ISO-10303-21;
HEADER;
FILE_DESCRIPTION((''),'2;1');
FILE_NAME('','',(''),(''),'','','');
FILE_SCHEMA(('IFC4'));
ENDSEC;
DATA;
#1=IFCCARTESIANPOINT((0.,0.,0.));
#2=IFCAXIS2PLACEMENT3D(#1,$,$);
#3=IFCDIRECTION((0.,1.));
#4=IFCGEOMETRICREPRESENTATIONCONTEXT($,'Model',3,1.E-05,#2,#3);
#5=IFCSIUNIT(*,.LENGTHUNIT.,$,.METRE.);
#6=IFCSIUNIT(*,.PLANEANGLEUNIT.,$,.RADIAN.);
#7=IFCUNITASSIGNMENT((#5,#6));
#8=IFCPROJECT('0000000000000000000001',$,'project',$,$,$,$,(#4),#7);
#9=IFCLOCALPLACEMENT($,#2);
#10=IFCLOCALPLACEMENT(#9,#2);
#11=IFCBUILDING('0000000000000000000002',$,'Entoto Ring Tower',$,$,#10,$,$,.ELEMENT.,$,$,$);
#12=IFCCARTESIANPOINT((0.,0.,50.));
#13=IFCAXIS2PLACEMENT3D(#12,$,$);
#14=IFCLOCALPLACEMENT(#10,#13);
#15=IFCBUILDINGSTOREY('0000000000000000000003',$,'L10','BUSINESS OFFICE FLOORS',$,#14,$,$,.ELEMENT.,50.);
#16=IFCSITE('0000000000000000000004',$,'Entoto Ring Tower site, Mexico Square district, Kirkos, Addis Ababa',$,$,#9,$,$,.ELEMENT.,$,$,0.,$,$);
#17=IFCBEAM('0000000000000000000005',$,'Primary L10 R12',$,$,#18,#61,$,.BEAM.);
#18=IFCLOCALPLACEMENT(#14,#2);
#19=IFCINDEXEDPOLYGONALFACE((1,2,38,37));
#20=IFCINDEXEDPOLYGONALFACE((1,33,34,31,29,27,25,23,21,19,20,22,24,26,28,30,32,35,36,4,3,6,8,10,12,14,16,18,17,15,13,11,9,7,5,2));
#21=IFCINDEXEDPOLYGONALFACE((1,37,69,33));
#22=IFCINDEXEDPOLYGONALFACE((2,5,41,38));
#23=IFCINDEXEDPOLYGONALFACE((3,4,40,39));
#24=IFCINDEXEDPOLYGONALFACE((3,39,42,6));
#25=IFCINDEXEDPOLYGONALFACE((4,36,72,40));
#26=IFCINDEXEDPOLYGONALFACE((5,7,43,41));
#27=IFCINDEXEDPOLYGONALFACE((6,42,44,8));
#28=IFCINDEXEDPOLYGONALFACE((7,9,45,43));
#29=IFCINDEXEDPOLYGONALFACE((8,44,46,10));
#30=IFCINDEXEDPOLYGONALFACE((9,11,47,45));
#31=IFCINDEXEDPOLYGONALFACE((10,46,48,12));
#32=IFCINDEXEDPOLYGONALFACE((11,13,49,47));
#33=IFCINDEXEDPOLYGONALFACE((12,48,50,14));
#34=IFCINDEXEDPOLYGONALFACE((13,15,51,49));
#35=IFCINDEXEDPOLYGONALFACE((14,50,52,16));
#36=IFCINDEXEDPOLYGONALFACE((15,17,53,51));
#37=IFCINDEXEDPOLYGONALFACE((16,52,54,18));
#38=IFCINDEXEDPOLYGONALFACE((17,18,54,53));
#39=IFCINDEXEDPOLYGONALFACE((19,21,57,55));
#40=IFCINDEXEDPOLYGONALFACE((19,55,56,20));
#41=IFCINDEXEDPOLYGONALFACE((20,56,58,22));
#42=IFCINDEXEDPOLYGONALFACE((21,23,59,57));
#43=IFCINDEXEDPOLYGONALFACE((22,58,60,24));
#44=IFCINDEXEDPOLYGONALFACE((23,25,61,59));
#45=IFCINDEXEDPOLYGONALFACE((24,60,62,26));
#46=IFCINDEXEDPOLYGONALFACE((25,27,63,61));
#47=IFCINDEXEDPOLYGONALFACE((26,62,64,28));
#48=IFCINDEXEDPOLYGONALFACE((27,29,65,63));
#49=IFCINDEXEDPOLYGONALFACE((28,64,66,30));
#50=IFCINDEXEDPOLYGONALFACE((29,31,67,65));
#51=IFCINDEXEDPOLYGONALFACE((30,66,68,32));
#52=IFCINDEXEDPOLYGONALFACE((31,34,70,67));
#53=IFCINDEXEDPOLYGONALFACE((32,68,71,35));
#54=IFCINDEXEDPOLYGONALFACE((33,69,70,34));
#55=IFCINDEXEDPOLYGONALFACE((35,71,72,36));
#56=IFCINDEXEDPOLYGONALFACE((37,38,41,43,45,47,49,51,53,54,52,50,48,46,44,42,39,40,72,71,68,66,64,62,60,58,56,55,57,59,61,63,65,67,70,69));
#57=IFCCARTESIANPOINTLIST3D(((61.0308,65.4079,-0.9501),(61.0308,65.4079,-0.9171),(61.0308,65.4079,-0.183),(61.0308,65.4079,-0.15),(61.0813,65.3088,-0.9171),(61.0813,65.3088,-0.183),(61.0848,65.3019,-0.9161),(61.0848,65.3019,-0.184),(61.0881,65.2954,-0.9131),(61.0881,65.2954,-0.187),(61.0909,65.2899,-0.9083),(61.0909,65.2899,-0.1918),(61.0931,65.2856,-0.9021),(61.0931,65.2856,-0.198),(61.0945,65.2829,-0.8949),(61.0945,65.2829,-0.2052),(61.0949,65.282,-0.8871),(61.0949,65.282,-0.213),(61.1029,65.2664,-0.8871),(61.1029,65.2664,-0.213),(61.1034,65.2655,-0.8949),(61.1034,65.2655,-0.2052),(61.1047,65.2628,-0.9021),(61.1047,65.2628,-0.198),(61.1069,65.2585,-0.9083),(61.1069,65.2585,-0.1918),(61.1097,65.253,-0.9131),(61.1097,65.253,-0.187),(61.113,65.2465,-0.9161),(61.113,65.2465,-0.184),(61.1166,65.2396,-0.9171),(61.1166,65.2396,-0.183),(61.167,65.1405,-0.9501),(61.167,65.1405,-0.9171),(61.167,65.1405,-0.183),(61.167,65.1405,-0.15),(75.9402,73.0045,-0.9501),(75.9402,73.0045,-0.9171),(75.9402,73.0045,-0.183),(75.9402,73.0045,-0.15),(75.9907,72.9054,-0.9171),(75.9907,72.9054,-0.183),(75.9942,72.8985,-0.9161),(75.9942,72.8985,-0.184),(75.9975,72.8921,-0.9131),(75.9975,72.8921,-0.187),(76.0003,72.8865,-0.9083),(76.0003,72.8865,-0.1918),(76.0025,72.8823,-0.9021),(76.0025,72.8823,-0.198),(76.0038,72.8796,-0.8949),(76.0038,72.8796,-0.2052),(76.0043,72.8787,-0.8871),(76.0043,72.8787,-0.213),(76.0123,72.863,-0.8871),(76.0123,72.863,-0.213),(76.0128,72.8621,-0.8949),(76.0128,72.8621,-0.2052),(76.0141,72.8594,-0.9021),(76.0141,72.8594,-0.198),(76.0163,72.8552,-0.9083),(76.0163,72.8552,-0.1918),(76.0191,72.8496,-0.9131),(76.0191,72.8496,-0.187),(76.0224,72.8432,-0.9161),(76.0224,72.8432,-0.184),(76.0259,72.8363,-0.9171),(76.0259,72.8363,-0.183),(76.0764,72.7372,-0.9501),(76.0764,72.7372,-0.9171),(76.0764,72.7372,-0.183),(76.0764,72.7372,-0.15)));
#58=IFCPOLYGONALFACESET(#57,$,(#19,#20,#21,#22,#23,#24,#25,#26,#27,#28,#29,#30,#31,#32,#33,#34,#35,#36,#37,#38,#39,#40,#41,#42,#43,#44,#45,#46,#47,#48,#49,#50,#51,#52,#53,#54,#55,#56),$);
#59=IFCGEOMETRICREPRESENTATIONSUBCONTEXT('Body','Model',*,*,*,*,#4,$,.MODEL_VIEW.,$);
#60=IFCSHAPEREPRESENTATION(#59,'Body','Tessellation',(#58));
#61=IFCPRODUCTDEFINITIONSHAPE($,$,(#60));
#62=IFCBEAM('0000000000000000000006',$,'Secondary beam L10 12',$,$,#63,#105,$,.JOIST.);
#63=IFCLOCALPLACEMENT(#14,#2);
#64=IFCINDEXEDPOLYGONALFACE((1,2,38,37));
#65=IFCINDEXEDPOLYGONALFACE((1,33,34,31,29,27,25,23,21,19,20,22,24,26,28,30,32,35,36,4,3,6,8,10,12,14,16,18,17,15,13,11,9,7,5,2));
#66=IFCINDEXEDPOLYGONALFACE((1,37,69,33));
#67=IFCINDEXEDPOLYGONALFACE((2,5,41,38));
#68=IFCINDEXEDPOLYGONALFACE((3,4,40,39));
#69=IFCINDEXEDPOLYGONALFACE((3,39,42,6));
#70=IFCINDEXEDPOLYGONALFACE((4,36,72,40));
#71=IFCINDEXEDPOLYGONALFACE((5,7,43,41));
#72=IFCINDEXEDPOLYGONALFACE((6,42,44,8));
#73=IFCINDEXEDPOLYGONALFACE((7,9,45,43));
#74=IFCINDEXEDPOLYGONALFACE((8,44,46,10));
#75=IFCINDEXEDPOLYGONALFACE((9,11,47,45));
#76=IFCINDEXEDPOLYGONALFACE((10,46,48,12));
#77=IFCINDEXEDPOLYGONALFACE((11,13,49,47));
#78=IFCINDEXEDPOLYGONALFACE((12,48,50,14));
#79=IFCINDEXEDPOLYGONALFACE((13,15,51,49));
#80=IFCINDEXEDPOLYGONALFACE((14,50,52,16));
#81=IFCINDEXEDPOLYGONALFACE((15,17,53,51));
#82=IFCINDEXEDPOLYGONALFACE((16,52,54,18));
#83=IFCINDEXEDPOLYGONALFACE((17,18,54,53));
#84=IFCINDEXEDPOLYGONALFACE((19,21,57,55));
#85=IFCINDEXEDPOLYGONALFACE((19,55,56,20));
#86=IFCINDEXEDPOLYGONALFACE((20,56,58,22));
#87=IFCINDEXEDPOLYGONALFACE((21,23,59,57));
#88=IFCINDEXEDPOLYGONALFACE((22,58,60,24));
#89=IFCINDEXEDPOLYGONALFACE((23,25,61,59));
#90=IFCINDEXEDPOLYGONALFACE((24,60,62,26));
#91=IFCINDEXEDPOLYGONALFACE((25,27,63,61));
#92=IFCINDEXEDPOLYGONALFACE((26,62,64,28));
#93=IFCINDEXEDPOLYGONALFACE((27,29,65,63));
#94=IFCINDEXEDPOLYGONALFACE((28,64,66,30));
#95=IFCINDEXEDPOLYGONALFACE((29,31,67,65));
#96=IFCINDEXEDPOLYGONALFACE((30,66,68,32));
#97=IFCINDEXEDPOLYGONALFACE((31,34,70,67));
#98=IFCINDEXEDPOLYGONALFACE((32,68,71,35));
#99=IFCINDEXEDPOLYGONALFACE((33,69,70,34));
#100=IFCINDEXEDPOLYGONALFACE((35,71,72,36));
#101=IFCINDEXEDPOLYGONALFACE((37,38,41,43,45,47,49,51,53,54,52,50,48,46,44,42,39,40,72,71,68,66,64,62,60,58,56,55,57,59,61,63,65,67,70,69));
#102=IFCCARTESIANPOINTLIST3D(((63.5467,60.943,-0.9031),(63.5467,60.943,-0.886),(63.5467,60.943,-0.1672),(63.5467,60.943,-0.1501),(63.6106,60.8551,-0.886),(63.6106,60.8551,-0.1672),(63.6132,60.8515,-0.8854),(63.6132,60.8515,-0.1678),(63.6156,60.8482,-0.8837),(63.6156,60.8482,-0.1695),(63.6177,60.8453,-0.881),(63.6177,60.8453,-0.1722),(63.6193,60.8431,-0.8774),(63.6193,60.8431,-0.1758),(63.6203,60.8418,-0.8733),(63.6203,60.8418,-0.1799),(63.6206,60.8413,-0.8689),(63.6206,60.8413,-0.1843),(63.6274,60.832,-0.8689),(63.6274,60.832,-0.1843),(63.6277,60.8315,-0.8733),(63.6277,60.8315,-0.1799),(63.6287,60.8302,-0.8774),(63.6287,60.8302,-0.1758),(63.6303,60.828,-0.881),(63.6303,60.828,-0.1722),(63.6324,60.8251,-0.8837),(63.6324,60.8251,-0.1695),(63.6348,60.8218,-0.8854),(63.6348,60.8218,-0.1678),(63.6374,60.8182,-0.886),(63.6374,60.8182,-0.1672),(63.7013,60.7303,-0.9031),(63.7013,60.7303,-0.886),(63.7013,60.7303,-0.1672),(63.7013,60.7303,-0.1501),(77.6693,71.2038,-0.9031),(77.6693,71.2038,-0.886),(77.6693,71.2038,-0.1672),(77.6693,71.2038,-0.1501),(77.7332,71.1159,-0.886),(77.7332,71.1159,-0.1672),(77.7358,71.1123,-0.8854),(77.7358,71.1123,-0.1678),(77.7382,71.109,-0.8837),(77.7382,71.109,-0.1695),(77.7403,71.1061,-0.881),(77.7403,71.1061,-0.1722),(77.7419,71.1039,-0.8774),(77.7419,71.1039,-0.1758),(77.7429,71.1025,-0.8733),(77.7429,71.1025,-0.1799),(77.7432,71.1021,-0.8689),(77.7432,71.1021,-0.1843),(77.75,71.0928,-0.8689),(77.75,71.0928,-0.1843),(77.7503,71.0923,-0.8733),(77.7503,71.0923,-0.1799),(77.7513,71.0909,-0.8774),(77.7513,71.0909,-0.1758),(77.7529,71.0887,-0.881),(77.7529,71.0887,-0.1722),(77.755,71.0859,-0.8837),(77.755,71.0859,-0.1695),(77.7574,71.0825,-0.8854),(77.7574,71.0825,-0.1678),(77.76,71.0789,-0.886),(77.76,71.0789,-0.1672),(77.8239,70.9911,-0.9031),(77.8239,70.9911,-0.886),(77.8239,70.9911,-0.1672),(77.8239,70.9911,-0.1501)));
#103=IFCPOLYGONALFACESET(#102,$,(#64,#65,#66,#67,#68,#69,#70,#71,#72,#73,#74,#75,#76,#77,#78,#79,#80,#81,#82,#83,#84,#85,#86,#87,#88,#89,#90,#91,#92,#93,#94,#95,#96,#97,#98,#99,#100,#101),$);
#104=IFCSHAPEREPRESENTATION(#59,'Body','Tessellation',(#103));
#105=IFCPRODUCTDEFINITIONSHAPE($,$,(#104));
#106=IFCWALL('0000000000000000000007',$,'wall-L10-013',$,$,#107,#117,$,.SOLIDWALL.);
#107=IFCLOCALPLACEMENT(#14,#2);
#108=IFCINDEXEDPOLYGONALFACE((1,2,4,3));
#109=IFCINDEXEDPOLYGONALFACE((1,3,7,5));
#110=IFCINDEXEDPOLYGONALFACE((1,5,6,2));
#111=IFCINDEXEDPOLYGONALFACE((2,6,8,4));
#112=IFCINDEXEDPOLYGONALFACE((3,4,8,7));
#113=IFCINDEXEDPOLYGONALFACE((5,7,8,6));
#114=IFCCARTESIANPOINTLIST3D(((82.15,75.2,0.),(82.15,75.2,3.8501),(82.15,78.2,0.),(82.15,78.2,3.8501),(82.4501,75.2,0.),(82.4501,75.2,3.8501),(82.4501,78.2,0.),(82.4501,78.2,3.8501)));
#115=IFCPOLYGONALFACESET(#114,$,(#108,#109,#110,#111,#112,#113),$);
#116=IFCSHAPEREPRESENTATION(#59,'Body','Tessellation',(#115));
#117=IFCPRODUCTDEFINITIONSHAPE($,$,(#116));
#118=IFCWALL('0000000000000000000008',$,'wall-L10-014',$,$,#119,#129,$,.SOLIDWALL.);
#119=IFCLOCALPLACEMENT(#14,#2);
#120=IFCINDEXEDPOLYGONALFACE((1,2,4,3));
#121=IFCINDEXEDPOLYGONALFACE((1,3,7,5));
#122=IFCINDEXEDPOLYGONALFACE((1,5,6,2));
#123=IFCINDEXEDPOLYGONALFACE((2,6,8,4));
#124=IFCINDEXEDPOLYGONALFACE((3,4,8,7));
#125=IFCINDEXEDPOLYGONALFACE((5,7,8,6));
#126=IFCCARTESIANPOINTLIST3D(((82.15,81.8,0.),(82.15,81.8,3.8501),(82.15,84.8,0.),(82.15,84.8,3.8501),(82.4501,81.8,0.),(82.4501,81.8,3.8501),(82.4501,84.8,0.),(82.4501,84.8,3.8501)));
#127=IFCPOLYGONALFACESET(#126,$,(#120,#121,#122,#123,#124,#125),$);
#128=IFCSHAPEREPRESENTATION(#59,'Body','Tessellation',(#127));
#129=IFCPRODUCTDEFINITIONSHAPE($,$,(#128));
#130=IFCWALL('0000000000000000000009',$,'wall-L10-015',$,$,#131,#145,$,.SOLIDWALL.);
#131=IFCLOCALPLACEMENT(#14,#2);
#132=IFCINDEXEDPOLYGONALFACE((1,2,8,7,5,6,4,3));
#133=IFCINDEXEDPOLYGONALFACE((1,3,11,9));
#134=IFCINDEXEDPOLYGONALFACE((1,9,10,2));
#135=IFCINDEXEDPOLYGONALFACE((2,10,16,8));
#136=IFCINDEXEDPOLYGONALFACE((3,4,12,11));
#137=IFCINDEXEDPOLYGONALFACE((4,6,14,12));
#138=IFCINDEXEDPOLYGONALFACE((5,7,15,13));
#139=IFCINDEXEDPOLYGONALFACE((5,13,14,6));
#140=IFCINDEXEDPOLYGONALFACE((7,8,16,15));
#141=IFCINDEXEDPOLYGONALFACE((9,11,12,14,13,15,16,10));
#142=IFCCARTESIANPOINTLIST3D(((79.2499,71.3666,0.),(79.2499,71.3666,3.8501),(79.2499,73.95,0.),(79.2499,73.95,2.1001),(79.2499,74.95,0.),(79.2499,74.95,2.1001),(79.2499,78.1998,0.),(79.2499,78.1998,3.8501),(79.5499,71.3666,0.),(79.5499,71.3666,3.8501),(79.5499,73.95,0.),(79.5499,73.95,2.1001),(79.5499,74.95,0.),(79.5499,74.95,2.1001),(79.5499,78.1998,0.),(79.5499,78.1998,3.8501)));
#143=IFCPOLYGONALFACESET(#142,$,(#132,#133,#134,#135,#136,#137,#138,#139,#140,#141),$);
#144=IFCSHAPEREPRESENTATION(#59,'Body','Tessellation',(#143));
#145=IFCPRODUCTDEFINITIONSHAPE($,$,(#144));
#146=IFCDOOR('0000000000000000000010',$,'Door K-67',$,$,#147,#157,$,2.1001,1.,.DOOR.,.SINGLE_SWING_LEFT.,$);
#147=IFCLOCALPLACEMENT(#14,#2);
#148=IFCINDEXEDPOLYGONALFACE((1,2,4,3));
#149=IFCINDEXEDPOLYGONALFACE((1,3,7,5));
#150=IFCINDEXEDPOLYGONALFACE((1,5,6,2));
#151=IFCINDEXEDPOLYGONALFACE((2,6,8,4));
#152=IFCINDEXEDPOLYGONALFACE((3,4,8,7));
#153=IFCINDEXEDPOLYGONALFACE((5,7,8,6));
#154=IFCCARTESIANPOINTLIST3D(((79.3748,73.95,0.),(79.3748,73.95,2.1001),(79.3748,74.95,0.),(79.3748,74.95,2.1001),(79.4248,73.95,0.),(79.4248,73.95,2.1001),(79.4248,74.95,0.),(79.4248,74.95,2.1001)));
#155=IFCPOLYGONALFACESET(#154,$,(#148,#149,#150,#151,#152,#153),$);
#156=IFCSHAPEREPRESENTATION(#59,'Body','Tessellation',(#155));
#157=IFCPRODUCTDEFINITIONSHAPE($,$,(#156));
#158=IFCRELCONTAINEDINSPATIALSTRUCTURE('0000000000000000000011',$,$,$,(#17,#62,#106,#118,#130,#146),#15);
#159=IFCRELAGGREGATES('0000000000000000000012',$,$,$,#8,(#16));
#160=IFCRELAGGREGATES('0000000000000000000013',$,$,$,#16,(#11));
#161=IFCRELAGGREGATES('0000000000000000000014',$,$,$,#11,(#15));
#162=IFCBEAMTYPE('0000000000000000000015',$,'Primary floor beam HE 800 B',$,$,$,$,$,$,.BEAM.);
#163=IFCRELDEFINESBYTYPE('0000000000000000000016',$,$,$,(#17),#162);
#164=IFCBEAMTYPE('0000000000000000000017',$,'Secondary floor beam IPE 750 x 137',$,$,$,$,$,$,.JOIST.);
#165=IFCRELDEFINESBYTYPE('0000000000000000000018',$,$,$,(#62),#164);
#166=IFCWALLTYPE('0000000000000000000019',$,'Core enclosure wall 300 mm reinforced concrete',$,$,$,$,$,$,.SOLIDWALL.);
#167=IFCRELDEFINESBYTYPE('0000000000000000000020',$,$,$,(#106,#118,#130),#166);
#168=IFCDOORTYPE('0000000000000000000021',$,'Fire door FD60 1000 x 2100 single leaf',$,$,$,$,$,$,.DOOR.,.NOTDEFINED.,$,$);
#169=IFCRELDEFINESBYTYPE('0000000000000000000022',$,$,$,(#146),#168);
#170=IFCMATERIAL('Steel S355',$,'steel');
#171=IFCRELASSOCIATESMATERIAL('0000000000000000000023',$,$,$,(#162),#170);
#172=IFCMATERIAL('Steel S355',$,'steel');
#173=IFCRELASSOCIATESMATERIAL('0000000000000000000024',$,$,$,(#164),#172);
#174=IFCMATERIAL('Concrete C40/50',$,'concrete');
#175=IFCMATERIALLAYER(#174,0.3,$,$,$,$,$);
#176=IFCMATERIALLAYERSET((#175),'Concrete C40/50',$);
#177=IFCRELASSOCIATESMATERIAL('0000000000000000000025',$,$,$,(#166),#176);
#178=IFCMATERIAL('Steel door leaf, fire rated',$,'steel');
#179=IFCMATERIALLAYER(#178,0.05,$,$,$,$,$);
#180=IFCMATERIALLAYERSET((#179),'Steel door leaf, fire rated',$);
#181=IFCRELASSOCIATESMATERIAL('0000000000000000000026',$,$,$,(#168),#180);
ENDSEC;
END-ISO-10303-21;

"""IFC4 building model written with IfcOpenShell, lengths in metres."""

from ifc_helpers import new_model, si_unit, direction, frame, frame_2d, origin, origin_2d, place, context, subcontext, project, spatial, rectangle, i_section, extrude, material, layer, layer_set, material_profile, profile_set, type_object, element, fill, save


model = new_model("IFC4")

# Units and contexts
model_context = context("Model", 3, precision=1e-05, world=origin(), true_north=direction((0.0, 1.0)))
body_context = subcontext(model_context, "Body", "Model", "MODEL_VIEW")
ifc_project = project(units=[si_unit("LENGTHUNIT", "METRE"), si_unit("PLANEANGLEUNIT", "RADIAN")], contexts=[model_context])

# Site, building, storey
site_placement = place(None, origin())
site = spatial("IfcSite", under=ifc_project, at=site_placement, Name="Entoto Ring Tower site, Mexico Square district, Kirkos, Addis Ababa", CompositionType="ELEMENT", RefElevation=0.0)
building_placement = place(site_placement, origin())
building = spatial("IfcBuilding", under=site, at=building_placement, Name="Entoto Ring Tower", CompositionType="ELEMENT")
storey_placement = place(building_placement, frame((0.0, 0.0, 50.0)))
storey = spatial("IfcBuildingStorey", under=building, at=storey_placement, Name="L10", Description="BUSINESS OFFICE FLOORS", CompositionType="ELEMENT", Elevation=50.0)

# Beams
ifc_material_1 = material(Name="Steel S355", Category="steel")
ifc_material_profile_1 = material_profile(ifc_material_1, i_section(OverallWidth=0.3, OverallDepth=0.8, WebThickness=0.0176, FlangeThickness=0.033, FilletRadius=0.03, at=origin_2d()), Name="HE 800 B")
ifc_profile_set_1 = profile_set([ifc_material_profile_1], Name="Steel S355")
beam_type_1 = type_object("IfcBeamType", Name="Primary floor beam HE 800 B", PredefinedType="BEAM", material=ifc_profile_set_1)
beam_1_placement = place(storey_placement, frame((76.0083, 72.8708, -0.55), z_axis=(-0.891008, -0.453988, 0.0), x_axis=(0.453988, -0.891008, 0.0)))
element("IfcBeam", 1, at=beam_1_placement, inside=storey, type_object=beam_type_1, Name="Primary L10 R12", PredefinedType="BEAM", context=body_context, shape_type="SweptSolid", body=[
    extrude(i_section(OverallWidth=0.3, OverallDepth=0.8, WebThickness=0.0176, FlangeThickness=0.033, FilletRadius=0.03, at=origin_2d()), origin(), (0.0, 0.0, 1.0), 16.7332),
])
ifc_material_2 = material(Name="Steel S355", Category="steel")
ifc_material_profile_2 = material_profile(ifc_material_2, i_section(OverallWidth=0.2629, OverallDepth=0.7529, WebThickness=0.0115, FlangeThickness=0.0171, FilletRadius=0.0171, at=origin_2d()), Name="IPE 750 x 137")
ifc_profile_set_2 = profile_set([ifc_material_profile_2], Name="Steel S355")
beam_type_2 = type_object("IfcBeamType", Name="Secondary floor beam IPE 750 x 137", PredefinedType="JOIST", material=ifc_profile_set_2)
beam_2_placement = place(storey_placement, frame((77.7466, 71.0974, -0.5266), z_axis=(-0.809014, -0.587789, 0.0), x_axis=(0.587789, -0.809014, 0.0)))
element("IfcBeam", 2, at=beam_2_placement, inside=storey, type_object=beam_type_2, Name="Secondary beam L10 12", PredefinedType="JOIST", context=body_context, shape_type="SweptSolid", body=[
    extrude(i_section(OverallWidth=0.2629, OverallDepth=0.7529, WebThickness=0.0115, FlangeThickness=0.0171, FilletRadius=0.0171, at=origin_2d()), origin(), (0.0, 0.0, 1.0), 17.4565),
])

# Walls
ifc_material_3 = material(Name="Concrete C40/50", Category="concrete")
ifc_layer_1 = layer(ifc_material_3, 0.3)
ifc_layer_set_1 = layer_set([ifc_layer_1], Name="Concrete C40/50")
wall_type = type_object("IfcWallType", Name="Core enclosure wall 300 mm reinforced concrete", PredefinedType="SOLIDWALL", material=ifc_layer_set_1)
for number, where, z_axis, x_axis, name in (
    (3, (82.3, 75.2, 0.0), (0.0, 0.0, 1.0), (0.0, 1.0, 0.0), "wall-L10-013"),
    (4, (82.3, 81.8, 0.0), (0.0, 0.0, 1.0), (0.0, 1.0, 0.0), "wall-L10-014"),
):
    element("IfcWall", number, at=place(storey_placement, frame(where, z_axis=z_axis, x_axis=x_axis)), inside=storey, type_object=wall_type, Name=name, PredefinedType="SOLIDWALL", context=body_context, shape_type="SweptSolid", body=[
        extrude(rectangle(XDim=3.0, YDim=0.3, at=frame_2d((1.5, 0.0))), origin(), (0.0, 0.0, 1.0), 3.8501),
    ])

# Wall, opening, door
wall_1_placement = place(storey_placement, frame((79.3999, 71.3667, 0.0), z_axis=(0.0, 0.0, 1.0), x_axis=(0.0, 1.0, 0.0)))
wall_1 = element("IfcWall", 5, at=wall_1_placement, inside=storey, type_object=wall_type, Name="wall-L10-015", PredefinedType="SOLIDWALL", context=body_context, shape_type="SweptSolid", body=[
    extrude(rectangle(XDim=6.8333, YDim=0.3, at=frame_2d((3.4165, 0.0))), origin(), (0.0, 0.0, 1.0), 3.8501),
])
opening_1_placement = place(wall_1_placement, frame((2.5833, 0.0, 0.0)))
opening_1 = element("IfcOpeningElement", 6, at=opening_1_placement, cuts=wall_1, PredefinedType="OPENING", context=body_context, shape_type="SweptSolid", body=[
    extrude(rectangle(XDim=1.0, YDim=2.1001, at=frame_2d((0.5, 1.05))), frame((0.0, 0.1602, 0.0), z_axis=(0.0, -1.0, 0.0), x_axis=(1.0, 0.0, 0.0)), (0.0, 0.0, 1.0), 0.3201),
])
ifc_material_4 = material(Name="Steel door leaf, fire rated", Category="steel")
ifc_layer_2 = layer(ifc_material_4, 0.05)
ifc_layer_set_2 = layer_set([ifc_layer_2], Name="Steel door leaf, fire rated")
door_type_1 = type_object("IfcDoorType", Name="Fire door FD60 1000 x 2100 single leaf", OperationType="NOTDEFINED", PredefinedType="DOOR", material=ifc_layer_set_2)
door_1_placement = place(opening_1_placement, frame((1.0, 0.0, 0.0), z_axis=(0.0, 0.0, 1.0), x_axis=(-1.0, 0.0, 0.0)))
door_1 = element("IfcDoor", 7, at=door_1_placement, inside=storey, type_object=door_type_1, Name="Door K-67", OperationType="SINGLE_SWING_LEFT", OverallHeight=2.1001, OverallWidth=1.0, PredefinedType="DOOR", context=body_context, shape_type="SweptSolid", body=[
    extrude(rectangle(XDim=1.0, YDim=2.1001, at=frame_2d((0.5, 1.05))), frame((0.0, 0.0249, 0.0), z_axis=(0.0, -1.0, 0.0), x_axis=(1.0, 0.0, 0.0)), (0.0, 0.0, 1.0), 0.05),
])
fill(opening_1, door_1)

save(model, "model.ifc")
